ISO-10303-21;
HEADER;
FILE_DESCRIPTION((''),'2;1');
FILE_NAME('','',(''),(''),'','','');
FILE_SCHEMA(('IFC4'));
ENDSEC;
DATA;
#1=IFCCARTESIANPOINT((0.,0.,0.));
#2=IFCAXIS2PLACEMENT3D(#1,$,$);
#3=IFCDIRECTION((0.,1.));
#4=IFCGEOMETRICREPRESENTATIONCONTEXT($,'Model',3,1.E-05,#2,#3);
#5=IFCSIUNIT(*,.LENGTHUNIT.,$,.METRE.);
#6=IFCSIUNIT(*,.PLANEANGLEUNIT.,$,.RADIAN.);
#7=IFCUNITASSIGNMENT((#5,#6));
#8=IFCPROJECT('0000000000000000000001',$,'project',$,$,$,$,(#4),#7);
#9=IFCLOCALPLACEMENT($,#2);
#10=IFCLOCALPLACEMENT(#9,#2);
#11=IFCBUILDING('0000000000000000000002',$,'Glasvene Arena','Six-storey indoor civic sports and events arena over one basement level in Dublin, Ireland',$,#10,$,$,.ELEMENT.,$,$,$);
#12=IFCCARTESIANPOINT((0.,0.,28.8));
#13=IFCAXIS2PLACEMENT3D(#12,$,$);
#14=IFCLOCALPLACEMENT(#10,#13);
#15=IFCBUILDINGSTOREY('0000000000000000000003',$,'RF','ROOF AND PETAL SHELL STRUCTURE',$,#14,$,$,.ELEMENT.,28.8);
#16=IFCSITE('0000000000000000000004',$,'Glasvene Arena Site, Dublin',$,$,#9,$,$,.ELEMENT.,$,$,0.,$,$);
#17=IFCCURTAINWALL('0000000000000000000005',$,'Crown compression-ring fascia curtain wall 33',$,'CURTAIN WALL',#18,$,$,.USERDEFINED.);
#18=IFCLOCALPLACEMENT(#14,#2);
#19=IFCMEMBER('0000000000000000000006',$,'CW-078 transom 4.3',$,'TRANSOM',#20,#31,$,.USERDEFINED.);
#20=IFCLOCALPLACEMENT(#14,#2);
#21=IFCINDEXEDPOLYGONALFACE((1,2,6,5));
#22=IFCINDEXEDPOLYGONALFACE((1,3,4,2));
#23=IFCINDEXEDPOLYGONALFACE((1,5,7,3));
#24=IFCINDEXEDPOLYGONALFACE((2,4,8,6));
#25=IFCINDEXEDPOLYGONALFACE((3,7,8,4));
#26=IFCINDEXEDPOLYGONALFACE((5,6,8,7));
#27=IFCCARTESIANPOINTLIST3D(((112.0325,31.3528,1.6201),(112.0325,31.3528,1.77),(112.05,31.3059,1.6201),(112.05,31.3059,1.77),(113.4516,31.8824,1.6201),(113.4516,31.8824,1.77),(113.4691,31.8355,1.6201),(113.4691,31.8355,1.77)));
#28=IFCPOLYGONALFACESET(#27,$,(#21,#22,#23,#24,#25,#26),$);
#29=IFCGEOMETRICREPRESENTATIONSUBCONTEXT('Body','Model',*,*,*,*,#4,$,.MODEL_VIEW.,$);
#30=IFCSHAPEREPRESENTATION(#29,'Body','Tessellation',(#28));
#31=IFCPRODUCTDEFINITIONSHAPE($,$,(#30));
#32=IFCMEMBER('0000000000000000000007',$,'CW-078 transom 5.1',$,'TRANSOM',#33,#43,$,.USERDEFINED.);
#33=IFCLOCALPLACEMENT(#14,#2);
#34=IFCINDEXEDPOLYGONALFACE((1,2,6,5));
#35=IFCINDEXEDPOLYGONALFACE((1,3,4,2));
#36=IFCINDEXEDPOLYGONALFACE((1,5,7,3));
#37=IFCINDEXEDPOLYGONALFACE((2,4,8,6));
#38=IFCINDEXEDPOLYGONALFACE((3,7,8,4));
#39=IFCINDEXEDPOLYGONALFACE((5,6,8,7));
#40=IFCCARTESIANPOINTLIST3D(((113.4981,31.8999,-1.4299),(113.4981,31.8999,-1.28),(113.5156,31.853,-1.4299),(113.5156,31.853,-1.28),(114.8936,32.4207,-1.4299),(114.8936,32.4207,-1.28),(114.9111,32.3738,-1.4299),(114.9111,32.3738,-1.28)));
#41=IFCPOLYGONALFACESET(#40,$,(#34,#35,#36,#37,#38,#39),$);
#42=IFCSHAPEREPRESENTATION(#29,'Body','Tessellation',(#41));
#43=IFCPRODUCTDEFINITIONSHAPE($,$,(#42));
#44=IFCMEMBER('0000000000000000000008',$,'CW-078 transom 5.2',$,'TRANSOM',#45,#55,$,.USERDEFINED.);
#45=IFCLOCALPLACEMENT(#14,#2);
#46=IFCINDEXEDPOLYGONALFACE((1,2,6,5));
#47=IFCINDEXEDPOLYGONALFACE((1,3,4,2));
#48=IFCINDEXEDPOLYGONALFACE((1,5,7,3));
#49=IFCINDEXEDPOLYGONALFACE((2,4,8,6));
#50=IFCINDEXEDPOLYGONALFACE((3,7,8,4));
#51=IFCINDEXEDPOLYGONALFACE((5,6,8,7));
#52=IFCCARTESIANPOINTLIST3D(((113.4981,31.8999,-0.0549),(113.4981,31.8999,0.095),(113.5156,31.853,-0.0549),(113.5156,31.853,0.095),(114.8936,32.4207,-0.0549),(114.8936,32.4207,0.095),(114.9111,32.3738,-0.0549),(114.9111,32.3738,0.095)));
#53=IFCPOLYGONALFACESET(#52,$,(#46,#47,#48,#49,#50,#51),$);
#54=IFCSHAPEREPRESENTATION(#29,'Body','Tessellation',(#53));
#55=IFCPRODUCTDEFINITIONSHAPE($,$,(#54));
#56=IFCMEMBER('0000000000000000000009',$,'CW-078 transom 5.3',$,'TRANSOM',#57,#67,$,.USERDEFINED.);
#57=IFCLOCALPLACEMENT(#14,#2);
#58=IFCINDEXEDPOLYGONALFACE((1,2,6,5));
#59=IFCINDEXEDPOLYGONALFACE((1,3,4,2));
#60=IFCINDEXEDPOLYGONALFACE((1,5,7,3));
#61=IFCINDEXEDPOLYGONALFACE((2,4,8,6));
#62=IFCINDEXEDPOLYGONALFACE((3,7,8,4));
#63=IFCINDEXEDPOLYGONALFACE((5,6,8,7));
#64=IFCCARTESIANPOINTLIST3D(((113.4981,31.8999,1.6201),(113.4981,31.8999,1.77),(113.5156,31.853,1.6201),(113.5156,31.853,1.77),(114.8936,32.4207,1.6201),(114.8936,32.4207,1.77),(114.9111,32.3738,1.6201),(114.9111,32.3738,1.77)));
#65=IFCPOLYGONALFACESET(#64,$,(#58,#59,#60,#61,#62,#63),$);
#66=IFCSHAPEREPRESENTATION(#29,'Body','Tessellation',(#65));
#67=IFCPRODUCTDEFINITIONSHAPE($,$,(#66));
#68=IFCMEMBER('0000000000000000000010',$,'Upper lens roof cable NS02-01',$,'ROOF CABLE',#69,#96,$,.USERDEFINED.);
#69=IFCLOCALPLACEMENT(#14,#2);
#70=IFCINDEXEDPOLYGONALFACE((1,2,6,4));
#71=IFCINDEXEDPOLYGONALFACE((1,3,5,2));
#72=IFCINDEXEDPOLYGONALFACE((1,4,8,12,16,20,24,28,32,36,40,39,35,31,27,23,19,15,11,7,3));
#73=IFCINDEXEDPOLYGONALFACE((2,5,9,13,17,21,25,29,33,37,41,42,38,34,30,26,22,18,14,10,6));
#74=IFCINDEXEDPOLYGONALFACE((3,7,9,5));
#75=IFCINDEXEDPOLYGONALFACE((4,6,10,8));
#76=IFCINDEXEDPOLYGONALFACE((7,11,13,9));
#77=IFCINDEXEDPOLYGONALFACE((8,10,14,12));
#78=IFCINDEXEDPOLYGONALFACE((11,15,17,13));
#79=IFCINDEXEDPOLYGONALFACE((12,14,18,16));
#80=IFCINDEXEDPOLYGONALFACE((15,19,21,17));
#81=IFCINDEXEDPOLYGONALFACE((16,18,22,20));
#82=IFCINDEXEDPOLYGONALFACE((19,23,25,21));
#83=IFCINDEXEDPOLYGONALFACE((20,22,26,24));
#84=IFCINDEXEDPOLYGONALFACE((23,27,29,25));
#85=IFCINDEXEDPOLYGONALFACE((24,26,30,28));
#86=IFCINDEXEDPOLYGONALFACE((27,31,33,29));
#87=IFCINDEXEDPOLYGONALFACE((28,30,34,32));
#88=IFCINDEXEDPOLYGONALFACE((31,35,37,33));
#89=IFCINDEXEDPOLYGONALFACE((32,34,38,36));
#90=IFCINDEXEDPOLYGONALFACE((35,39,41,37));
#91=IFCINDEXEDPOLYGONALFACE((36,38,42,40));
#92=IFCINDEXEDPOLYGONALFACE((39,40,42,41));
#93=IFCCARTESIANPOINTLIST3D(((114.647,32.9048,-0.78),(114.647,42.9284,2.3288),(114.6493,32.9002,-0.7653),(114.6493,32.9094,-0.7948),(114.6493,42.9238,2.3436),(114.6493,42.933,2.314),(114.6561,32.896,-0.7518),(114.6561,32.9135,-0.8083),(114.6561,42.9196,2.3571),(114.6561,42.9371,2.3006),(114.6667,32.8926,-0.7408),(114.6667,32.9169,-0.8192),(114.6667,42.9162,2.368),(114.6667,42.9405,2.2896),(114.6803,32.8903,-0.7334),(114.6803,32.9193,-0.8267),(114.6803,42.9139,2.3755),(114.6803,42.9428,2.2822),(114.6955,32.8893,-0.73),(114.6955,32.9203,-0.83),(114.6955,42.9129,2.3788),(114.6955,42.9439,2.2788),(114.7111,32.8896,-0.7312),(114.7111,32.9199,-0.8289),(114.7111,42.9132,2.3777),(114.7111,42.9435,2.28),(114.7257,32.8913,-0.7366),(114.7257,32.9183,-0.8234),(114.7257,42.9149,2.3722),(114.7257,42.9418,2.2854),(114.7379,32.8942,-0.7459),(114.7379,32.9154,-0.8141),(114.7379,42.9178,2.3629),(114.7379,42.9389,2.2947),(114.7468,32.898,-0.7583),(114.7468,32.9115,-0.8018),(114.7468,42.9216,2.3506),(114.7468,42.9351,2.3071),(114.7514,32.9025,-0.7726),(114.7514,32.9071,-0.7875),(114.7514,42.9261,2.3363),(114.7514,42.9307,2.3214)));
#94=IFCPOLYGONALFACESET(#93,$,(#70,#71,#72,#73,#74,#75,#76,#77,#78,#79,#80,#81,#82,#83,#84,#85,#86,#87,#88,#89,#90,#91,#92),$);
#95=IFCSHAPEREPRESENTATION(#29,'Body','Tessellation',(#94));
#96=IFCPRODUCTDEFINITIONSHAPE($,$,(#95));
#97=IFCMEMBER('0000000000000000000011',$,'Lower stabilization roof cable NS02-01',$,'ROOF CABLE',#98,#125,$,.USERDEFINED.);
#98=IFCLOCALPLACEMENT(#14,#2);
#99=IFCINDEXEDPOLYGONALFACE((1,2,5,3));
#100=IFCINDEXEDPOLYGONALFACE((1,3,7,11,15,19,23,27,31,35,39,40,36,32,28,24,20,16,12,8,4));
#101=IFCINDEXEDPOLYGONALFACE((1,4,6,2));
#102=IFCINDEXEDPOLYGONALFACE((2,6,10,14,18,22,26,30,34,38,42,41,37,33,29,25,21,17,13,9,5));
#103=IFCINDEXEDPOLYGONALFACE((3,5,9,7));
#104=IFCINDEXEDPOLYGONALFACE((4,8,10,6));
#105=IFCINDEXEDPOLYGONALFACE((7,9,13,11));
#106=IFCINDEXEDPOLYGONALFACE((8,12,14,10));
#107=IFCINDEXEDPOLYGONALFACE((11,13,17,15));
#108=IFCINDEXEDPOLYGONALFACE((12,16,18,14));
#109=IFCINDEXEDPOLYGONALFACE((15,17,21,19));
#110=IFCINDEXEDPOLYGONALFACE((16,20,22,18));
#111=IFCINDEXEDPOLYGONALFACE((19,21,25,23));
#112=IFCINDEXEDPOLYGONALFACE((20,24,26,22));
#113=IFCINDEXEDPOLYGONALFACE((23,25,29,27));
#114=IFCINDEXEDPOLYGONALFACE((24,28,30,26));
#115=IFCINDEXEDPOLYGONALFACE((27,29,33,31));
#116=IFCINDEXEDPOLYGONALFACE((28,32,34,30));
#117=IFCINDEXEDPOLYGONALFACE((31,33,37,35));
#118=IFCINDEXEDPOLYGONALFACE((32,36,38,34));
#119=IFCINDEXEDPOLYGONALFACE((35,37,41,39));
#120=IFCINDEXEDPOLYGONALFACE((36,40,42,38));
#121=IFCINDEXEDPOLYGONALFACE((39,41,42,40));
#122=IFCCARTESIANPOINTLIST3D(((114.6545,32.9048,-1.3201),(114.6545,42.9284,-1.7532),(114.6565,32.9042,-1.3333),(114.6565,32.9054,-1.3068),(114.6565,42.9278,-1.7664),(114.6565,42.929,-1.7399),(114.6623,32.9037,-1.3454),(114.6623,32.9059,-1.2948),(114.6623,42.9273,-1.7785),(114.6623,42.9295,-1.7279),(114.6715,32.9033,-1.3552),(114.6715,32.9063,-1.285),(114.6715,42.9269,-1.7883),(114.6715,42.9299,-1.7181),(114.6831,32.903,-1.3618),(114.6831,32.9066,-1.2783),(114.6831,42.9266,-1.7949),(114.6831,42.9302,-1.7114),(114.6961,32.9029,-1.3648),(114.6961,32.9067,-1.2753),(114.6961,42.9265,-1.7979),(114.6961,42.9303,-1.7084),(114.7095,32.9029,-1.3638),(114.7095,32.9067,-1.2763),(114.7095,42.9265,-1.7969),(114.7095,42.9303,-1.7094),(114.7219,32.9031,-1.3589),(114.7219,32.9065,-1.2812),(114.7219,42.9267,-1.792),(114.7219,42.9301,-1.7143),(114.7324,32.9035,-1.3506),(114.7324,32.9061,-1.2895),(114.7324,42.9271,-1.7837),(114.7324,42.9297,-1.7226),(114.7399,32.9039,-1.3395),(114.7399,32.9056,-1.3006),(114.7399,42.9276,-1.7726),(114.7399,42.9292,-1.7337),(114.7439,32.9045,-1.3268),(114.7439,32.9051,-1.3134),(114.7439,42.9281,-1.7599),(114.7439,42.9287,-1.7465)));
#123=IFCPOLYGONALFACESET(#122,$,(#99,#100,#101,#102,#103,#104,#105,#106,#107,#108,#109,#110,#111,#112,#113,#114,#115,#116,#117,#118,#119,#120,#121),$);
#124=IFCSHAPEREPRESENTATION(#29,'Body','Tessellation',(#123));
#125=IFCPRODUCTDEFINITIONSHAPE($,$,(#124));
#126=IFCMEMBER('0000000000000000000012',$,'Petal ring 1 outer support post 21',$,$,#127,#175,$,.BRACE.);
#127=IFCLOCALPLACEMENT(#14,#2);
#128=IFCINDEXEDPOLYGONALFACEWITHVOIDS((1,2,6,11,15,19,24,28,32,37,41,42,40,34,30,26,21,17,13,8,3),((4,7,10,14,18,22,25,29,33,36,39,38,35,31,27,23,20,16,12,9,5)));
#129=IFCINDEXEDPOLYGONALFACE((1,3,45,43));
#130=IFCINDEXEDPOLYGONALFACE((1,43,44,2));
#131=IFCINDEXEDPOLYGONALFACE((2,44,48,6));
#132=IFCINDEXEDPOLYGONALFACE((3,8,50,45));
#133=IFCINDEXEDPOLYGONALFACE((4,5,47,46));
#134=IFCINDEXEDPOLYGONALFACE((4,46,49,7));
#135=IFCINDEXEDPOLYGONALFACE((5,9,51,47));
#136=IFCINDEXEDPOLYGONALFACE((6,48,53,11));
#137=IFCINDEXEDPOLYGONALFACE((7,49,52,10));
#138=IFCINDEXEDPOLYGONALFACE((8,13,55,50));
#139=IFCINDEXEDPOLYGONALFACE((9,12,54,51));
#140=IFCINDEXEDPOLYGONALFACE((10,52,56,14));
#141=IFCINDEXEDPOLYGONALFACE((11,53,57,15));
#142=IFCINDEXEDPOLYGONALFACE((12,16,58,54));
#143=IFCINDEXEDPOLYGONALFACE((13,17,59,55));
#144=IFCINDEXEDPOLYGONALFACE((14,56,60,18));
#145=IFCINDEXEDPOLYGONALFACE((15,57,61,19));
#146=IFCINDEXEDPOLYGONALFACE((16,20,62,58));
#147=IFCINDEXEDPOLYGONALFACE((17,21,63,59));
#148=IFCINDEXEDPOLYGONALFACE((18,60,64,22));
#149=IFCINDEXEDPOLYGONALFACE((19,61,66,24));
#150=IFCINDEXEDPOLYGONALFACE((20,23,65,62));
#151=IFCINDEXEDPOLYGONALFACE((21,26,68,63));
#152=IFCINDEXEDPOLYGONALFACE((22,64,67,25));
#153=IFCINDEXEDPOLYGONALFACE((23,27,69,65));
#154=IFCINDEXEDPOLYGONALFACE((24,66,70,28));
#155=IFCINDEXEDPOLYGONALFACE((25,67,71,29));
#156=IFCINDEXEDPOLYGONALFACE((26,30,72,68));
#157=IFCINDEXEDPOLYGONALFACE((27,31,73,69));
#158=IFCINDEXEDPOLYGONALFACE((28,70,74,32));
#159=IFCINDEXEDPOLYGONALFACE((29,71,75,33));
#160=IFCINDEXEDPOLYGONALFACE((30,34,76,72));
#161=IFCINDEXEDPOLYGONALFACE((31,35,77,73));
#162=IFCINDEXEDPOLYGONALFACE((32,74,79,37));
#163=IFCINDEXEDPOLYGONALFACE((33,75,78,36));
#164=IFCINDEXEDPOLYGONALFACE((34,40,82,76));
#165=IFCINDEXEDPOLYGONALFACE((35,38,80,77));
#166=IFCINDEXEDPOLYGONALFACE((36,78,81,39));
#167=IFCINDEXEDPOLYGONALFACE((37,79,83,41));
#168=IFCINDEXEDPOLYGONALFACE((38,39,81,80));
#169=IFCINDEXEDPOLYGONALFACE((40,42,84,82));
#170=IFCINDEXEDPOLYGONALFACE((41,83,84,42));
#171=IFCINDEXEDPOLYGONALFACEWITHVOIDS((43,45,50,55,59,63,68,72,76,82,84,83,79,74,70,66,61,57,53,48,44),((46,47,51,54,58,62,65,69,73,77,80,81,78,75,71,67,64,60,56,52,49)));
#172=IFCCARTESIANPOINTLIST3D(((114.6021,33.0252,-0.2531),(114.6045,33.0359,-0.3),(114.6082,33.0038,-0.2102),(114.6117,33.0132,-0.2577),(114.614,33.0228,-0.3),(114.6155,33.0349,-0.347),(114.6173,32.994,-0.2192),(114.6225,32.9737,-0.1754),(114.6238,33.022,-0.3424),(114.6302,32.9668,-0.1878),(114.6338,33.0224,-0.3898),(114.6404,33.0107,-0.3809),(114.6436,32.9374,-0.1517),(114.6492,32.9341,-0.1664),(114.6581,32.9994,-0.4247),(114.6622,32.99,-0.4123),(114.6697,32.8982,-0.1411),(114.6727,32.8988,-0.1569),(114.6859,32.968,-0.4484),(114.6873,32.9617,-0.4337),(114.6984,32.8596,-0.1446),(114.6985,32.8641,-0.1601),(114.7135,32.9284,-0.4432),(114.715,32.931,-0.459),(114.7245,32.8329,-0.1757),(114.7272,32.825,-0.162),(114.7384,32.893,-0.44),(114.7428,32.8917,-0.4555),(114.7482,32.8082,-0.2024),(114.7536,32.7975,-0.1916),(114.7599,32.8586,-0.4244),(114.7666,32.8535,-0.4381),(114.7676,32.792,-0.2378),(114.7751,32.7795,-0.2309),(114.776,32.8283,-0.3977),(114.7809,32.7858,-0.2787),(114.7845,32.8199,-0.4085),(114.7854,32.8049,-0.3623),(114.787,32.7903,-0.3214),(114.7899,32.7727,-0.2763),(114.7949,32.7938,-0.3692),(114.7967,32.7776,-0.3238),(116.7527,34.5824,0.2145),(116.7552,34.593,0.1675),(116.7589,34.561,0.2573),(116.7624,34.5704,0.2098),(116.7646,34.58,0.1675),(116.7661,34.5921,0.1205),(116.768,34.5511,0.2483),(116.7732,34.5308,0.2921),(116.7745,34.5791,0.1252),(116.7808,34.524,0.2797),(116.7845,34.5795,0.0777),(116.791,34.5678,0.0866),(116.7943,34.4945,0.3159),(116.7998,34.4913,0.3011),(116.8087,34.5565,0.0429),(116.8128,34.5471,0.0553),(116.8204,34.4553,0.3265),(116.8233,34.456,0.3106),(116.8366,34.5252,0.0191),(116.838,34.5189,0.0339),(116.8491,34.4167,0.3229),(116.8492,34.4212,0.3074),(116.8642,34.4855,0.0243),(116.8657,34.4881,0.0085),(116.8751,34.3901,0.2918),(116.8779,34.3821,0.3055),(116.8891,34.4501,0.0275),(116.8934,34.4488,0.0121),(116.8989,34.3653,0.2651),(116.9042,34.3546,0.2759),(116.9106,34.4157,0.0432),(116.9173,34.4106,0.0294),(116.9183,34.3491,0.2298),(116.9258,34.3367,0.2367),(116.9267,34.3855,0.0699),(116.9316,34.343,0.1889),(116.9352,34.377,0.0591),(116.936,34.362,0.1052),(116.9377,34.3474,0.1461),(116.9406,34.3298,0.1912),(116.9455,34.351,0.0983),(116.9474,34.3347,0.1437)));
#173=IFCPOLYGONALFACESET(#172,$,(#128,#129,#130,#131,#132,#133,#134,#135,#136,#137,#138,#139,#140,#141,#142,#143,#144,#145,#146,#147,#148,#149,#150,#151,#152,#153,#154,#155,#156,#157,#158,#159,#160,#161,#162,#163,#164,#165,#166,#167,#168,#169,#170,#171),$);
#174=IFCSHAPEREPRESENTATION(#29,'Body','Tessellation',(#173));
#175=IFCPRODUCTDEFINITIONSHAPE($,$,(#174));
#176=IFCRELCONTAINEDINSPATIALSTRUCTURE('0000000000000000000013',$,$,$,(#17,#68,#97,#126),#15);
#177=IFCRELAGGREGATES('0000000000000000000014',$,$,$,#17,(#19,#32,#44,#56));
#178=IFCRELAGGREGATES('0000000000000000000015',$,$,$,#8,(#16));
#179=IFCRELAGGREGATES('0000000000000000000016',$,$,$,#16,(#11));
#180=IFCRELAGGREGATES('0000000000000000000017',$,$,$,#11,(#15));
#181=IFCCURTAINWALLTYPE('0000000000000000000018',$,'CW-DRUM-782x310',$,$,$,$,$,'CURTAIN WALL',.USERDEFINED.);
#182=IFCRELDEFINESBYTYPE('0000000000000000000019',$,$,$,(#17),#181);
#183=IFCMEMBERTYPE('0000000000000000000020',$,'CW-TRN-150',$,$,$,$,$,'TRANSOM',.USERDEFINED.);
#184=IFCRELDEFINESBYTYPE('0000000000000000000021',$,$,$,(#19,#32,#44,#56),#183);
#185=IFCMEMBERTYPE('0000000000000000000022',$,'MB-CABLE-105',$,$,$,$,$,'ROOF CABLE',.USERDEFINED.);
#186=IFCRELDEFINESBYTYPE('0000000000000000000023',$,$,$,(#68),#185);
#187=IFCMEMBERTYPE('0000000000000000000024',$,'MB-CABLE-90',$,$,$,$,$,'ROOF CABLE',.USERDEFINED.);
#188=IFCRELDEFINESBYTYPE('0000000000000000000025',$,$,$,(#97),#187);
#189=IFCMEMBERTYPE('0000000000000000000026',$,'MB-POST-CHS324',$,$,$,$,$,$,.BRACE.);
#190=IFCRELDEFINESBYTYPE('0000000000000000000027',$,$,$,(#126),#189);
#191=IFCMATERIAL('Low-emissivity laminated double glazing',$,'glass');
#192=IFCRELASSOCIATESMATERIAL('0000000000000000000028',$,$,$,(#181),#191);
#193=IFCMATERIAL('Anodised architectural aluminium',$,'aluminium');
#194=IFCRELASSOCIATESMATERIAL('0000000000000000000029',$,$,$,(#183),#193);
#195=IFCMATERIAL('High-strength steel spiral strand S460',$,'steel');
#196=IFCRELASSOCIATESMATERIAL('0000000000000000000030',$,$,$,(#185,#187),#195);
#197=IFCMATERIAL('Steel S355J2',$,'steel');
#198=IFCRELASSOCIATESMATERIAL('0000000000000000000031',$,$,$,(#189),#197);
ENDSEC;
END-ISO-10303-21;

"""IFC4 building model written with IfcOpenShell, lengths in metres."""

from ifc_helpers import new_model, si_unit, direction, frame, origin, origin_2d, place, context, subcontext, project, spatial, rectangle, circle, hollow_circle, extrude, material, material_profile, profile_set, type_object, element, aggregate, save


model = new_model("IFC4")

# Units and contexts
model_context = context("Model", 3, precision=1e-05, world=origin(), true_north=direction((0.0, 1.0)))
body_context = subcontext(model_context, "Body", "Model", "MODEL_VIEW")
ifc_project = project(units=[si_unit("LENGTHUNIT", "METRE"), si_unit("PLANEANGLEUNIT", "RADIAN")], contexts=[model_context])

# Site, building, storey
site_placement = place(None, origin())
site = spatial("IfcSite", under=ifc_project, at=site_placement, Name="Glasvene Arena Site, Dublin", CompositionType="ELEMENT", RefElevation=0.0)
building_placement = place(site_placement, origin())
building = spatial("IfcBuilding", under=site, at=building_placement, Name="Glasvene Arena", Description="Six-storey indoor civic sports and events arena over one basement level in Dublin, Ireland", CompositionType="ELEMENT")
storey_placement = place(building_placement, frame((0.0, 0.0, 28.8)))
storey = spatial("IfcBuildingStorey", under=building, at=storey_placement, Name="RF", Description="ROOF AND PETAL SHELL STRUCTURE", CompositionType="ELEMENT", Elevation=28.8)

# Shared definitions
ifc_material_1 = material(Name="Steel S355J2", Category="steel")

# Curtain wall, members
ifc_material_2 = material(Name="Low-emissivity laminated double glazing", Category="glass")
curtain_wall_type = type_object("IfcCurtainWallType", Name="CW-DRUM-782x310", ElementType="CURTAIN WALL", PredefinedType="USERDEFINED", material=ifc_material_2)
curtain_wall_placement = place(storey_placement, frame((107.6208, 29.6794, 0.0)))
curtain_wall = element("IfcCurtainWall", 1, at=curtain_wall_placement, inside=storey, type_object=curtain_wall_type, Name="Crown compression-ring fascia curtain wall 33", ObjectType="CURTAIN WALL", PredefinedType="USERDEFINED")
ifc_material_3 = material(Name="Anodised architectural aluminium", Category="aluminium")
ifc_material_profile_1 = material_profile(ifc_material_3, rectangle(XDim=0.05, YDim=0.1499, at=origin_2d()), Name="ALU TRANSOM 50x150")
ifc_profile_set_1 = profile_set([ifc_material_profile_1], Name="Anodised architectural aluminium")
member_type_1 = type_object("IfcMemberType", Name="CW-TRN-150", ElementType="TRANSOM", PredefinedType="USERDEFINED", material=ifc_profile_set_1)
member_1_placement = place(storey_placement, frame((112.0413, 31.3293, 1.6951), z_axis=(0.936884, 0.349639, 0.0), x_axis=(-0.349639, 0.936884, 0.0)))
member_1 = element("IfcMember", 2, at=member_1_placement, type_object=member_type_1, Name="CW-078 transom 4.3", ObjectType="TRANSOM", PredefinedType="USERDEFINED", context=body_context, shape_type="SweptSolid", body=[
    extrude(rectangle(XDim=0.05, YDim=0.1499, at=origin_2d()), origin(), (0.0, 0.0, 1.0), 1.5146),
])
member_2_placement = place(storey_placement, frame((113.5068, 31.8765, -1.355), z_axis=(0.936894, 0.349614, 0.0), x_axis=(-0.349614, 0.936894, 0.0)))
member_2 = element("IfcMember", 3, at=member_2_placement, type_object=member_type_1, Name="CW-078 transom 5.1", ObjectType="TRANSOM", PredefinedType="USERDEFINED", context=body_context, shape_type="SweptSolid", body=[
    extrude(rectangle(XDim=0.05, YDim=0.1499, at=origin_2d()), origin(), (0.0, 0.0, 1.0), 1.4895),
])
member_3_placement = place(storey_placement, frame((113.5068, 31.8765, 0.02), z_axis=(0.936894, 0.349614, 0.0), x_axis=(-0.349614, 0.936894, 0.0)))
member_3 = element("IfcMember", 4, at=member_3_placement, type_object=member_type_1, Name="CW-078 transom 5.2", ObjectType="TRANSOM", PredefinedType="USERDEFINED", context=body_context, shape_type="SweptSolid", body=[
    extrude(rectangle(XDim=0.05, YDim=0.1499, at=origin_2d()), origin(), (0.0, 0.0, 1.0), 1.4895),
])
member_4_placement = place(storey_placement, frame((113.5068, 31.8765, 1.6951), z_axis=(0.936894, 0.349614, 0.0), x_axis=(-0.349614, 0.936894, 0.0)))
member_4 = element("IfcMember", 5, at=member_4_placement, type_object=member_type_1, Name="CW-078 transom 5.3", ObjectType="TRANSOM", PredefinedType="USERDEFINED", context=body_context, shape_type="SweptSolid", body=[
    extrude(rectangle(XDim=0.05, YDim=0.1499, at=origin_2d()), origin(), (0.0, 0.0, 1.0), 1.4895),
])

# Members
ifc_material_4 = material(Name="High-strength steel spiral strand S460", Category="steel")
ifc_material_profile_2 = material_profile(ifc_material_4, circle(Radius=0.0525, at=origin_2d()), Name="LCSS D105")
ifc_profile_set_2 = profile_set([ifc_material_profile_2], Name="High-strength steel spiral strand S460")
member_type_2 = type_object("IfcMemberType", Name="MB-CABLE-105", ElementType="ROOF CABLE", PredefinedType="USERDEFINED", material=ifc_profile_set_2)
member_5_placement = place(storey_placement, frame((114.6995, 32.9048, -0.78), z_axis=(0.0, 0.955116, 0.296233), x_axis=(-1.0, 0.0, 0.0)))
element("IfcMember", 6, at=member_5_placement, inside=storey, type_object=member_type_2, Name="Upper lens roof cable NS02-01", ObjectType="ROOF CABLE", PredefinedType="USERDEFINED", context=body_context, shape_type="SweptSolid", body=[
    extrude(circle(Radius=0.0525, at=origin_2d()), origin(), (0.0, 0.0, 1.0), 10.4946),
])
ifc_material_profile_3 = material_profile(ifc_material_4, circle(Radius=0.0449, at=origin_2d()), Name="LCSS D90")
ifc_profile_set_3 = profile_set([ifc_material_profile_3], Name="High-strength steel spiral strand S460")
member_type_3 = type_object("IfcMemberType", Name="MB-CABLE-90", ElementType="ROOF CABLE", PredefinedType="USERDEFINED", material=ifc_profile_set_3)
member_6_placement = place(storey_placement, frame((114.6995, 32.9048, -1.3201), z_axis=(0.0, 0.999068, -0.043168), x_axis=(-1.0, 0.0, 0.0)))
element("IfcMember", 7, at=member_6_placement, inside=storey, type_object=member_type_3, Name="Lower stabilization roof cable NS02-01", ObjectType="ROOF CABLE", PredefinedType="USERDEFINED", context=body_context, shape_type="SweptSolid", body=[
    extrude(circle(Radius=0.0449, at=origin_2d()), origin(), (0.0, 0.0, 1.0), 10.033),
])
ifc_material_profile_4 = material_profile(ifc_material_1, hollow_circle(Radius=0.1619, WallThickness=0.0161, at=origin_2d()), Name="CHS 323.9x16.0")
ifc_profile_set_4 = profile_set([ifc_material_profile_4], Name="Steel S355J2")
member_type_4 = type_object("IfcMemberType", Name="MB-POST-CHS324", PredefinedType="BRACE", material=ifc_profile_set_4)
member_7_placement = place(storey_placement, frame((114.6995, 32.9048, -0.3), z_axis=(0.797711, 0.577568, 0.173415), x_axis=(-0.586454, 0.809983, 0.0)))
element("IfcMember", 8, at=member_7_placement, inside=storey, type_object=member_type_4, Name="Petal ring 1 outer support post 21", PredefinedType="BRACE", context=body_context, shape_type="SweptSolid", body=[
    extrude(hollow_circle(Radius=0.1619, WallThickness=0.0161, at=origin_2d()), origin(), (0.0, 0.0, 1.0), 2.696),
])

aggregate(curtain_wall, [member_1, member_2, member_3, member_4])

save(model, "model.ifc")
